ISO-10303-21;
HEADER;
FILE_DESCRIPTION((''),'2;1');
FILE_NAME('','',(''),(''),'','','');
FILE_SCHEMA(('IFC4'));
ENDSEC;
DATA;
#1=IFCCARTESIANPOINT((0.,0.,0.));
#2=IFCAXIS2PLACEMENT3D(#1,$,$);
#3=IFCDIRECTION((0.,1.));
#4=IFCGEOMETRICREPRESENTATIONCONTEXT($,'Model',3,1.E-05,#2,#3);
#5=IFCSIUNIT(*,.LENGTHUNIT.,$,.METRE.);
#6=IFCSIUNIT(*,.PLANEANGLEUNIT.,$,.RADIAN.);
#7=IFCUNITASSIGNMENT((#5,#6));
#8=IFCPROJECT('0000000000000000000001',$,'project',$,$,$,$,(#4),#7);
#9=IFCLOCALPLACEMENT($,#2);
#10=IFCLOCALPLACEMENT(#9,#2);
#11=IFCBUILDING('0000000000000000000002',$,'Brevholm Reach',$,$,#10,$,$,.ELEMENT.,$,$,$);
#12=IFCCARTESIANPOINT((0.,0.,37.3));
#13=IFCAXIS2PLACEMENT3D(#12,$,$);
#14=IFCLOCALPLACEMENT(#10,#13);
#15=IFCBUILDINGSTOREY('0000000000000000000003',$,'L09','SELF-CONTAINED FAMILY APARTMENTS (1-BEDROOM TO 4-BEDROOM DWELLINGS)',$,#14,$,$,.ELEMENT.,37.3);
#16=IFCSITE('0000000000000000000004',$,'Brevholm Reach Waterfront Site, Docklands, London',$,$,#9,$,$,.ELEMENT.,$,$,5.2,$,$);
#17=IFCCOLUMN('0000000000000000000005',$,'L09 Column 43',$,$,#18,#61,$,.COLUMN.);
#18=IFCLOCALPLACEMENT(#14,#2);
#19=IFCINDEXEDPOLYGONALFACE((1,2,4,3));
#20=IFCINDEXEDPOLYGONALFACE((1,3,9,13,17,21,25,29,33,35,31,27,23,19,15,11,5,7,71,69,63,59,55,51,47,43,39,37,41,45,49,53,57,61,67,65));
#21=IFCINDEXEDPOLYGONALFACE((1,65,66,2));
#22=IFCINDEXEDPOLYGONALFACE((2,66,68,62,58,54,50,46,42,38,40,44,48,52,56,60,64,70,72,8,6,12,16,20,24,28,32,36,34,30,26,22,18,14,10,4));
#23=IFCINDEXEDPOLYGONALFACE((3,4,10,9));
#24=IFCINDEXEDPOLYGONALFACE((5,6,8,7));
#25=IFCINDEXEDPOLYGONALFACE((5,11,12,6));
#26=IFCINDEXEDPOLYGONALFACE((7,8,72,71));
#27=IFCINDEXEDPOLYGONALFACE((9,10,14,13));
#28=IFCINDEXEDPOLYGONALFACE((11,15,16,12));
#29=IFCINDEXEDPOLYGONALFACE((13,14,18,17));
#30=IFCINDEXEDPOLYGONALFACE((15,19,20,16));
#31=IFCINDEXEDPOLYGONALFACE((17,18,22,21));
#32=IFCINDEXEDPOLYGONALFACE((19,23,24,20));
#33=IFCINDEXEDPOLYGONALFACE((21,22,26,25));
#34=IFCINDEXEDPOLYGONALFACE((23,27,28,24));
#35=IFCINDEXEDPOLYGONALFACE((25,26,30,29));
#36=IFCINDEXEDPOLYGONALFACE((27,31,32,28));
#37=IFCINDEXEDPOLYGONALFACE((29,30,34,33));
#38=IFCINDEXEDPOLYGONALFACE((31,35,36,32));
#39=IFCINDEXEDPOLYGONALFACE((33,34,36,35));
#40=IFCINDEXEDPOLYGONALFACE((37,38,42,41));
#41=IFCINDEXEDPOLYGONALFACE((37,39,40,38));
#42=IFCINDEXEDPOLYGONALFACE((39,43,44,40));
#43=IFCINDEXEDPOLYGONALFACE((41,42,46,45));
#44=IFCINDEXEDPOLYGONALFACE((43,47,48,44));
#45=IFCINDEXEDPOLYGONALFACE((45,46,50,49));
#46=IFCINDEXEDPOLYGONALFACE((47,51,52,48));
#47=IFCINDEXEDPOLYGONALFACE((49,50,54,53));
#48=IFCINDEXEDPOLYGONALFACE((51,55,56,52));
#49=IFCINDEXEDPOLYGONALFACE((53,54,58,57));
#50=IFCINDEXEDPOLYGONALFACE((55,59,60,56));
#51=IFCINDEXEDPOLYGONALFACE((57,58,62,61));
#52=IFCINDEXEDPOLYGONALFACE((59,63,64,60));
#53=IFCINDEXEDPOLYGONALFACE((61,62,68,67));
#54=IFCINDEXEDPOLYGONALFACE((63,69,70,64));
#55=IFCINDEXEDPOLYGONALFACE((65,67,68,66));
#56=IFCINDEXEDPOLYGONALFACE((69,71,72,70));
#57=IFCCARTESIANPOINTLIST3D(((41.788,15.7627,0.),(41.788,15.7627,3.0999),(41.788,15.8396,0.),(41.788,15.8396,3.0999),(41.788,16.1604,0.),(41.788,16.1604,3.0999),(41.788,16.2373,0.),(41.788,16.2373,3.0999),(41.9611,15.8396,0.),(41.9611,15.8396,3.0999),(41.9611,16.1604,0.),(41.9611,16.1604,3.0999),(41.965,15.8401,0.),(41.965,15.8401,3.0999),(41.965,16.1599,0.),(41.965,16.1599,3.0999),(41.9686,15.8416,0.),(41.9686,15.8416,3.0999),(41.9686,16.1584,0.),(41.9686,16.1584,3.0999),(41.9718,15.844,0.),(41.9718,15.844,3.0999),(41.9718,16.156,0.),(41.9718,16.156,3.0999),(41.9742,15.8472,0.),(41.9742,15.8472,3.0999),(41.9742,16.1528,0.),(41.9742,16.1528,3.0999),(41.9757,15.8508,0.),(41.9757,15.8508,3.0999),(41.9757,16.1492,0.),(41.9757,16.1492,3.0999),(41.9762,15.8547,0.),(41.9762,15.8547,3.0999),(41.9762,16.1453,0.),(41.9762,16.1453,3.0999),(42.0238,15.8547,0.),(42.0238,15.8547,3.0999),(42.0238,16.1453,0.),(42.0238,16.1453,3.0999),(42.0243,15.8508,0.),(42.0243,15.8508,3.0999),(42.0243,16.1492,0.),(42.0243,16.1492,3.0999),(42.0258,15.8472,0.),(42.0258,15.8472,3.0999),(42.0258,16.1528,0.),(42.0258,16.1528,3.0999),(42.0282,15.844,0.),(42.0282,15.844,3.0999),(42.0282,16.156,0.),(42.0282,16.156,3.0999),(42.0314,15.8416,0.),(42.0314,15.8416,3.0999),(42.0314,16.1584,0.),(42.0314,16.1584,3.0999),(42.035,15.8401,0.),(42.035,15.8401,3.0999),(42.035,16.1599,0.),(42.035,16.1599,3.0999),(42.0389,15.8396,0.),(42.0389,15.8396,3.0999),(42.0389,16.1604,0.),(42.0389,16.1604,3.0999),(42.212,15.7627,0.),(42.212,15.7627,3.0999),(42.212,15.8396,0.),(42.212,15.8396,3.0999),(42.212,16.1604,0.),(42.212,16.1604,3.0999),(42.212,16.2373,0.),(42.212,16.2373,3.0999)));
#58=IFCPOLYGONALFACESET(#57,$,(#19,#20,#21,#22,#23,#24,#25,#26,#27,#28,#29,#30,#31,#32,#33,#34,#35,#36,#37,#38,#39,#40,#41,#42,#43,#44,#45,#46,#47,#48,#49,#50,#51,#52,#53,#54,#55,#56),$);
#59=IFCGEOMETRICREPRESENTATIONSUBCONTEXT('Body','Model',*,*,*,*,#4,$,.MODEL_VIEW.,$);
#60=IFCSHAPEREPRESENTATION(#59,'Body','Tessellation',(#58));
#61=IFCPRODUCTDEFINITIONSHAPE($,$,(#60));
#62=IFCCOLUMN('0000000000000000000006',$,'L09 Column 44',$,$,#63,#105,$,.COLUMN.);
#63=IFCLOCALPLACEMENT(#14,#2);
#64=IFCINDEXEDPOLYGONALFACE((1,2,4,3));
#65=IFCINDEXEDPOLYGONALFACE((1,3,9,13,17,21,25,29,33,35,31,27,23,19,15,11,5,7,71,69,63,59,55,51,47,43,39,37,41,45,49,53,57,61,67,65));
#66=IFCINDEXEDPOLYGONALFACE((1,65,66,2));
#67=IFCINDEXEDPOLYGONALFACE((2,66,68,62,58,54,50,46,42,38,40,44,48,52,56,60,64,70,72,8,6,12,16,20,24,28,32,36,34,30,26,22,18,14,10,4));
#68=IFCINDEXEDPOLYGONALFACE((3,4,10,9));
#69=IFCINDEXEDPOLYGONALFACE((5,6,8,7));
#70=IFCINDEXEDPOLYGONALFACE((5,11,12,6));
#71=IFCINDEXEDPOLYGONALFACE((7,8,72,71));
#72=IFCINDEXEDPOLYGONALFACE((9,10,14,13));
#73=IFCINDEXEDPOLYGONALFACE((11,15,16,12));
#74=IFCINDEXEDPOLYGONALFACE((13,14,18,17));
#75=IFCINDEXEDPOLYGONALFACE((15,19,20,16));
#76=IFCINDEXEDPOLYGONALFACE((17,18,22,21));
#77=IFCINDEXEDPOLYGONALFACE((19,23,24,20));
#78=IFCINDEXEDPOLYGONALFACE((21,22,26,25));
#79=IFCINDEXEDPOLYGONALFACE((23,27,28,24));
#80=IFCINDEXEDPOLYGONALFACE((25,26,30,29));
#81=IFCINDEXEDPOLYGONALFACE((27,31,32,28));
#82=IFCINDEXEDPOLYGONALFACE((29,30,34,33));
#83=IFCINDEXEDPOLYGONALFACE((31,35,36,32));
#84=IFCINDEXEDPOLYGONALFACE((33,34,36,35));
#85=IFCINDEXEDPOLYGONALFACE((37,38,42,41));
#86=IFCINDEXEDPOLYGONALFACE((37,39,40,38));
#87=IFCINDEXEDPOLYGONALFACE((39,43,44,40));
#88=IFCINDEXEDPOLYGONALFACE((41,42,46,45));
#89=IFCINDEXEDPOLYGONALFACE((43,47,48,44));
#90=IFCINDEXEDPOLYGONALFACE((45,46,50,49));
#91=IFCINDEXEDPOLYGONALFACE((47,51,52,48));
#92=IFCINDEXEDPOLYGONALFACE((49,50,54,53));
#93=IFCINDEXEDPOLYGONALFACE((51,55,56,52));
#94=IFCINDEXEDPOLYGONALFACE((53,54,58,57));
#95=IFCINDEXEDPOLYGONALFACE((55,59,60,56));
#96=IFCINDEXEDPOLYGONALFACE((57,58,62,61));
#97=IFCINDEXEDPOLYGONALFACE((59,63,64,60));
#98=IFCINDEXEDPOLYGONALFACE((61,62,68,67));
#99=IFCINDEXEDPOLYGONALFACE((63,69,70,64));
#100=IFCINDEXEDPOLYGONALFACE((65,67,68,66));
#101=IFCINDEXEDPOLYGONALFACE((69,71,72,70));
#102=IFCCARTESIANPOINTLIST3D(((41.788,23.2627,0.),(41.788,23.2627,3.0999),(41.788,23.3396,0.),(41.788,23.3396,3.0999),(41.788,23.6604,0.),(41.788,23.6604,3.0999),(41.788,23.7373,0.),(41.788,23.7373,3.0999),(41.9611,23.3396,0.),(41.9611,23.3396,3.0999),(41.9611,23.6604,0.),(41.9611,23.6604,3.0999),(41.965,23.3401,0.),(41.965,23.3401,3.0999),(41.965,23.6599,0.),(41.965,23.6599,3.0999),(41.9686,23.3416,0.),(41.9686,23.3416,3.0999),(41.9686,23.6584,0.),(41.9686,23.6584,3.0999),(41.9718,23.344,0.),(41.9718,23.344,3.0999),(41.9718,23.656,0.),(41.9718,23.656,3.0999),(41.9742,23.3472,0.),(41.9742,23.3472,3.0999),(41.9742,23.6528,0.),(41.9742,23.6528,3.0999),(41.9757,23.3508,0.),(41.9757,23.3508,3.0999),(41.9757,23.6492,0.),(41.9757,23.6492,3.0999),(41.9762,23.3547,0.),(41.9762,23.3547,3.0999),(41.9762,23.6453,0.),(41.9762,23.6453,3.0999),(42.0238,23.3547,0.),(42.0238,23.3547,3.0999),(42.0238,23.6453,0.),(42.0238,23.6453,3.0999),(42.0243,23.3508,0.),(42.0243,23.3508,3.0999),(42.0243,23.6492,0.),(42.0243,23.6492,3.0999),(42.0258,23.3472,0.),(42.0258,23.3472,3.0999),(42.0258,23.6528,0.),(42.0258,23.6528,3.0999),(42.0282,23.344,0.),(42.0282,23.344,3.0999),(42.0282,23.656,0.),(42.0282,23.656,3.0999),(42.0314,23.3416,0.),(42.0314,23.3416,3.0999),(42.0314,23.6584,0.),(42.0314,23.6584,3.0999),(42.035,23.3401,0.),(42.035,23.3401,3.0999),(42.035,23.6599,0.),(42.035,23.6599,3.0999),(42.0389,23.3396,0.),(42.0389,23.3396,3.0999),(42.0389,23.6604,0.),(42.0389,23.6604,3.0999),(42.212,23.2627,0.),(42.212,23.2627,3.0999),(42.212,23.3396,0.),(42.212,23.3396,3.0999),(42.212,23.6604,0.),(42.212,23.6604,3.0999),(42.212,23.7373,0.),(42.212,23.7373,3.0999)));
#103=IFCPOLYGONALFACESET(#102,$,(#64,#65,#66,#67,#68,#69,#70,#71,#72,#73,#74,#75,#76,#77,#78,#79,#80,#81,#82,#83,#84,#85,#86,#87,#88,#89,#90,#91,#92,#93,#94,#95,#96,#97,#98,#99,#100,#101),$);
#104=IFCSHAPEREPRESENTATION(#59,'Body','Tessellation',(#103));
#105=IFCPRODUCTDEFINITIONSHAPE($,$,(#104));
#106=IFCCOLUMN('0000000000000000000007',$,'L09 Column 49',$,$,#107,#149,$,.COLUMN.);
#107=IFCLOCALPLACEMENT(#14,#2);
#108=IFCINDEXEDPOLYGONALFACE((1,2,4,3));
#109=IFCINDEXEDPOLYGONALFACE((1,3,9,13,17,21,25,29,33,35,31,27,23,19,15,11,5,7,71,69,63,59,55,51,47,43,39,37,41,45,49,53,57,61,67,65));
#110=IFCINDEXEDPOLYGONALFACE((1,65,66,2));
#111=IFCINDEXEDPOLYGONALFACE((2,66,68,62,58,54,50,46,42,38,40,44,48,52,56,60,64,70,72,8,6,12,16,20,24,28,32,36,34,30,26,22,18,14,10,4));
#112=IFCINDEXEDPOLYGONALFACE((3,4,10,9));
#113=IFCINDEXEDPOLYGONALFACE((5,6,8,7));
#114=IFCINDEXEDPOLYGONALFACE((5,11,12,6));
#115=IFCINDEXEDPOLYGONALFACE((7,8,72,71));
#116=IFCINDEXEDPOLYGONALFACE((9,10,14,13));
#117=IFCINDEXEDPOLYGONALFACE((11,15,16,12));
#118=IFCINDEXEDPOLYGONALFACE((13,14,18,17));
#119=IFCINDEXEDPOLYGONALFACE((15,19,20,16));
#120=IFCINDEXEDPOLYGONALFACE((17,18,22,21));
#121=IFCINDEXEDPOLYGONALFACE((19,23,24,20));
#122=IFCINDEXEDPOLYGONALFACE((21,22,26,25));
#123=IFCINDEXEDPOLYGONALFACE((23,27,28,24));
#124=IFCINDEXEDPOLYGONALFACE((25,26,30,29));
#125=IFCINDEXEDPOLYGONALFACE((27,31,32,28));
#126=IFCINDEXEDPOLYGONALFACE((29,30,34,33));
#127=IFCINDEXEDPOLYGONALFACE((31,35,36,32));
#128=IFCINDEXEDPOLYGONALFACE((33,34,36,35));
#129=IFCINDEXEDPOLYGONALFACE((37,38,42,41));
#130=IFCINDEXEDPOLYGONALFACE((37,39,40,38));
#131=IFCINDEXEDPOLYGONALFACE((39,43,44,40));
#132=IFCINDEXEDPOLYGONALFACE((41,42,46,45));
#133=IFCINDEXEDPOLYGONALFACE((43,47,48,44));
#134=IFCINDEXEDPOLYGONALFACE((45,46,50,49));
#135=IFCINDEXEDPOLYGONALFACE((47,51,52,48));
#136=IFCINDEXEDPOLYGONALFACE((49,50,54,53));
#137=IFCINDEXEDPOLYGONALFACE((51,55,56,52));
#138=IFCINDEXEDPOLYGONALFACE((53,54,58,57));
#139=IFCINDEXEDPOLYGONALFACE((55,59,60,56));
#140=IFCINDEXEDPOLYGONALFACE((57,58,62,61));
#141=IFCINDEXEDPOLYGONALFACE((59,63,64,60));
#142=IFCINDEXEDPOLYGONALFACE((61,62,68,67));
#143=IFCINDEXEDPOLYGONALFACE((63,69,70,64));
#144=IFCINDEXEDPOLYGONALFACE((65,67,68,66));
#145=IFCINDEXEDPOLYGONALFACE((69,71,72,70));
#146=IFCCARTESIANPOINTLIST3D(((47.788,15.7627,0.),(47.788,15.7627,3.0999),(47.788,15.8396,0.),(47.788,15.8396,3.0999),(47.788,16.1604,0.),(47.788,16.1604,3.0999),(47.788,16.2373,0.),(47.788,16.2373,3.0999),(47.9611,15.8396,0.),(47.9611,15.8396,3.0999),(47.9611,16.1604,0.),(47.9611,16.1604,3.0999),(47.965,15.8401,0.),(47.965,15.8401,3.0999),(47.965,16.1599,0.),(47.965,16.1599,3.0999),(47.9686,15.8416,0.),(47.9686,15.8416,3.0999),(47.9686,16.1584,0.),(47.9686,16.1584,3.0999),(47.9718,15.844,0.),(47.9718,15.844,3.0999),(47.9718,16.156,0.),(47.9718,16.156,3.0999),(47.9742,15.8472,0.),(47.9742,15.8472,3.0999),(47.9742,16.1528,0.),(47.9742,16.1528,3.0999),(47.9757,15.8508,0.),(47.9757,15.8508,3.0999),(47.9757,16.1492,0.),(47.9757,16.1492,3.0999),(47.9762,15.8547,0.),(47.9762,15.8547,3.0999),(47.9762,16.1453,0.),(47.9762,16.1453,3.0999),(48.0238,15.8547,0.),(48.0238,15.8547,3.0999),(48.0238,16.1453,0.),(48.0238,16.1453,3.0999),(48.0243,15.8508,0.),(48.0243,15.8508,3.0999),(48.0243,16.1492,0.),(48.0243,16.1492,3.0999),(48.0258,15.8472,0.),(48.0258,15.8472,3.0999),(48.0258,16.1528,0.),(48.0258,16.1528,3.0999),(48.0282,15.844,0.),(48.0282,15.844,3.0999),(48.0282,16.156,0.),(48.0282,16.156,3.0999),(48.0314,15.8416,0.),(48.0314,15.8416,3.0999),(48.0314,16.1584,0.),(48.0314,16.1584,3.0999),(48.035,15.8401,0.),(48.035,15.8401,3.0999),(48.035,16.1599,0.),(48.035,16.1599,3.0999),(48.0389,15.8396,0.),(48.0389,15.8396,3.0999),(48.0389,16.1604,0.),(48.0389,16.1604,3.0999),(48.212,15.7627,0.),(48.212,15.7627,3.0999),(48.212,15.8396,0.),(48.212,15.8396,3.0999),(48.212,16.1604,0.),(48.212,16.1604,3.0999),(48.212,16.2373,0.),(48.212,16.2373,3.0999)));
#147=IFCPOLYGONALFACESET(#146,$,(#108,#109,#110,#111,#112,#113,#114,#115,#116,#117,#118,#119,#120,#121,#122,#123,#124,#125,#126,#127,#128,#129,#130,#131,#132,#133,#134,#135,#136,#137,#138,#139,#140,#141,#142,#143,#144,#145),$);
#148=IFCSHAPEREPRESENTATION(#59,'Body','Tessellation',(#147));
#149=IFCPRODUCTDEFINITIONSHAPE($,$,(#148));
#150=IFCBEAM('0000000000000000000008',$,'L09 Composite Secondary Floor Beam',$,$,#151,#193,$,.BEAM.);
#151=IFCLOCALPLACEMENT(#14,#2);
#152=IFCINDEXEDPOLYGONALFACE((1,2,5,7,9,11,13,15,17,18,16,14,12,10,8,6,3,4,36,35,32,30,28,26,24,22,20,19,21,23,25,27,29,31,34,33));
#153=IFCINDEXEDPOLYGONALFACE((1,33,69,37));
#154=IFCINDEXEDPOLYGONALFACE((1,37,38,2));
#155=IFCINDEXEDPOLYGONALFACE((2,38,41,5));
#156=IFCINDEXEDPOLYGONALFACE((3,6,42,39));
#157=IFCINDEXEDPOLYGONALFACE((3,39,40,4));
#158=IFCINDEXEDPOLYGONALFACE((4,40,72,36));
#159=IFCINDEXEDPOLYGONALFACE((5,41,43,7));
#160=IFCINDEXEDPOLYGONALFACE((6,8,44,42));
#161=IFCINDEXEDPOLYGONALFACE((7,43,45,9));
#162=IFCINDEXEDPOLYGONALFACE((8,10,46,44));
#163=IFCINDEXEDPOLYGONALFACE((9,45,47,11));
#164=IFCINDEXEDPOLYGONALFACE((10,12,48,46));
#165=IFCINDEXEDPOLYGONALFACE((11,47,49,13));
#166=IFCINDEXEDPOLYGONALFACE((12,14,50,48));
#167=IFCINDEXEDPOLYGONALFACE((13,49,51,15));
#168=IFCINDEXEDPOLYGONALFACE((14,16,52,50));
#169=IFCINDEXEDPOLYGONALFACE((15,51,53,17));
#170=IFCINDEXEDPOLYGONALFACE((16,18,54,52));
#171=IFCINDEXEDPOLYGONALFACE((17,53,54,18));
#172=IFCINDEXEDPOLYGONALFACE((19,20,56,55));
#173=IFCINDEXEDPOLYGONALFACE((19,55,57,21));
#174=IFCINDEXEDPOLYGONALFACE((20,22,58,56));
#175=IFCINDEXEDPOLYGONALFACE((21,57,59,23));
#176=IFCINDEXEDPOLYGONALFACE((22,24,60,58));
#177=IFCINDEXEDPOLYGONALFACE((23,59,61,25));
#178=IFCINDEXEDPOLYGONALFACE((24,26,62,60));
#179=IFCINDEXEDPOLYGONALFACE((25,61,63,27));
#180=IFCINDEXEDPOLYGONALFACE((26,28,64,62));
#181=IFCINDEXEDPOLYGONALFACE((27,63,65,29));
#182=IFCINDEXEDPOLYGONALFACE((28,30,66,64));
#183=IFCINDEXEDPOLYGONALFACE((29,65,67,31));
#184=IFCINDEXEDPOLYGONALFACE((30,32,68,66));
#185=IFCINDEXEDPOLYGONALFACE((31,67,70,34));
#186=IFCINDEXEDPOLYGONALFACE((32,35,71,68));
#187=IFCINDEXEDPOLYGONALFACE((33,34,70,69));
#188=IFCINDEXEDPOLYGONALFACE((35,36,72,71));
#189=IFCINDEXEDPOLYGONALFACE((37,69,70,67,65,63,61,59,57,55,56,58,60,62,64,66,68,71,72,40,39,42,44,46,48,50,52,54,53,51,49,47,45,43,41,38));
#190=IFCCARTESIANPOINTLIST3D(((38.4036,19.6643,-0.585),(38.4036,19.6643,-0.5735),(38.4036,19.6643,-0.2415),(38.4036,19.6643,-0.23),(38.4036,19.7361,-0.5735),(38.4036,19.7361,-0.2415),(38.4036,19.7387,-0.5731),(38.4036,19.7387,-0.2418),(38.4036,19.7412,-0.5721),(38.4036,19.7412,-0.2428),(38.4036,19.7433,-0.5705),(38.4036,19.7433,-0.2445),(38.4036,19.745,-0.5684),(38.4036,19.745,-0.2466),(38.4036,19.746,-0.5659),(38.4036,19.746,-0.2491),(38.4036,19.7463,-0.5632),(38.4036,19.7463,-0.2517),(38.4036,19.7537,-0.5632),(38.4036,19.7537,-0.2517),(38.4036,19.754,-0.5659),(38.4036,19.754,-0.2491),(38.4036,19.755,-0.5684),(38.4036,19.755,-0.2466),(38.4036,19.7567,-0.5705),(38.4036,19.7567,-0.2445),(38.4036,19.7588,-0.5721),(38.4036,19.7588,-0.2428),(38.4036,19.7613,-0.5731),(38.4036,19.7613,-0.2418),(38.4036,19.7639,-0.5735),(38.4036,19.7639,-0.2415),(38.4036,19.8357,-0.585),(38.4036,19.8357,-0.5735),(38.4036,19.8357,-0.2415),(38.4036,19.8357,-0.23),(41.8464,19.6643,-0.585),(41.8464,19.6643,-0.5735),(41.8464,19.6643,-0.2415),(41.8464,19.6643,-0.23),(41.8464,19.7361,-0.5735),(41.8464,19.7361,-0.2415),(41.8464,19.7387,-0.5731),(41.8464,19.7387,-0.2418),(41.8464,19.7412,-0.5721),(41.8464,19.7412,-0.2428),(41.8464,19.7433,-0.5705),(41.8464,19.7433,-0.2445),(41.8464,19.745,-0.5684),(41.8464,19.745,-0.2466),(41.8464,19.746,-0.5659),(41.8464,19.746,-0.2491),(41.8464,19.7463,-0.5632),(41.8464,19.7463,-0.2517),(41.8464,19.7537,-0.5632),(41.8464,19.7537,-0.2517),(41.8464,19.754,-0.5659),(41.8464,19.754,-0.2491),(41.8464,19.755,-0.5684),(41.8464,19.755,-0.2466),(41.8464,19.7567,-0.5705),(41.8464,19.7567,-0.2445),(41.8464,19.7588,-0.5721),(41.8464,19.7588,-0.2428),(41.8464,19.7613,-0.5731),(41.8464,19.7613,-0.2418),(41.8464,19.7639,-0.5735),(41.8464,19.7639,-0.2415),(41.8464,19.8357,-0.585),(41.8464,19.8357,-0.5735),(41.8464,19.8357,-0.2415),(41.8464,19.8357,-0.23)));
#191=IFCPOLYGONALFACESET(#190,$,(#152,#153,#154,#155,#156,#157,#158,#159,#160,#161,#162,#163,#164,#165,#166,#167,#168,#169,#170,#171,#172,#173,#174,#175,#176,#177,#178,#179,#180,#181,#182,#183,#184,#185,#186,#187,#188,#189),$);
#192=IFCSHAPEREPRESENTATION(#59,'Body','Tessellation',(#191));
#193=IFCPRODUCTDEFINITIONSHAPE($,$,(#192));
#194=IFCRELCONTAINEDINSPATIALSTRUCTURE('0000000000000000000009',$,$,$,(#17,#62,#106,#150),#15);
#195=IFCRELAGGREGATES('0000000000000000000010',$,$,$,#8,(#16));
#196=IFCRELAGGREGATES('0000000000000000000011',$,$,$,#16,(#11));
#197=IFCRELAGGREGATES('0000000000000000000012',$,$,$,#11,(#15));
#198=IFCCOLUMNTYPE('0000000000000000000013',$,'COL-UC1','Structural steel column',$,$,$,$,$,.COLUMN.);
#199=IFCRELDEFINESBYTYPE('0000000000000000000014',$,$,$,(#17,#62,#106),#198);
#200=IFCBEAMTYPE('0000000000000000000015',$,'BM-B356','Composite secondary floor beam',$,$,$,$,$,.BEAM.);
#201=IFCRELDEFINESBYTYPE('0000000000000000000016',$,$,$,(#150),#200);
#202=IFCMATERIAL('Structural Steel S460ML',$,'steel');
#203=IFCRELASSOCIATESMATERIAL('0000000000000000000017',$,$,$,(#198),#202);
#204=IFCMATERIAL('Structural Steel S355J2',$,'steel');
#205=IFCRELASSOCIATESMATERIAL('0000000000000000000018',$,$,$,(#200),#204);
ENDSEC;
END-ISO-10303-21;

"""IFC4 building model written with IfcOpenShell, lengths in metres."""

from ifc_helpers import new_model, si_unit, direction, frame, origin, origin_2d, place, context, subcontext, project, spatial, i_section, extrude, material, material_profile, profile_set, type_object, element, save


model = new_model("IFC4")

# Units and contexts
model_context = context("Model", 3, precision=1e-05, world=origin(), true_north=direction((0.0, 1.0)))
body_context = subcontext(model_context, "Body", "Model", "MODEL_VIEW")
ifc_project = project(units=[si_unit("LENGTHUNIT", "METRE"), si_unit("PLANEANGLEUNIT", "RADIAN")], contexts=[model_context])

# Site, building, storey
site_placement = place(None, origin())
site = spatial("IfcSite", under=ifc_project, at=site_placement, Name="Brevholm Reach Waterfront Site, Docklands, London", CompositionType="ELEMENT", RefElevation=5.2)
building_placement = place(site_placement, origin())
building = spatial("IfcBuilding", under=site, at=building_placement, Name="Brevholm Reach", CompositionType="ELEMENT")
storey_placement = place(building_placement, frame((0.0, 0.0, 37.3)))
storey = spatial("IfcBuildingStorey", under=building, at=storey_placement, Name="L09", Description="SELF-CONTAINED FAMILY APARTMENTS (1-BEDROOM TO 4-BEDROOM DWELLINGS)", CompositionType="ELEMENT", Elevation=37.3)

# Columns
ifc_material_1 = material(Name="Structural Steel S460ML", Category="steel")
ifc_material_profile_1 = material_profile(ifc_material_1, i_section(OverallWidth=0.4241, OverallDepth=0.4746, WebThickness=0.0476, FlangeThickness=0.0769, FilletRadius=0.0151, at=origin_2d()), Name="UKC 356x406x634")
ifc_profile_set_1 = profile_set([ifc_material_profile_1], Name="Structural Steel S460ML")
column_type = type_object("IfcColumnType", Name="COL-UC1", Description="Structural steel column", PredefinedType="COLUMN", material=ifc_profile_set_1)
for number, where, z_axis, x_axis, name in (
    (1, (42.0, 16.0, 0.0), (0.0, 0.0, 1.0), (1.0, 0.0, 0.0), "L09 Column 43"),
    (2, (42.0, 23.5, 0.0), (0.0, 0.0, 1.0), (1.0, 0.0, 0.0), "L09 Column 44"),
    (3, (48.0, 16.0, 0.0), (0.0, 0.0, 1.0), (1.0, 0.0, 0.0), "L09 Column 49"),
):
    element("IfcColumn", number, at=place(storey_placement, frame(where, z_axis=z_axis, x_axis=x_axis)), inside=storey, type_object=column_type, Name=name, PredefinedType="COLUMN", context=body_context, shape_type="SweptSolid", body=[
        extrude(i_section(OverallWidth=0.4241, OverallDepth=0.4746, WebThickness=0.0476, FlangeThickness=0.0769, FilletRadius=0.0151, at=origin_2d()), origin(), (0.0, 0.0, 1.0), 3.0999),
    ])

# Beam
ifc_material_2 = material(Name="Structural Steel S355J2", Category="steel")
ifc_material_profile_2 = material_profile(ifc_material_2, i_section(OverallWidth=0.1714, OverallDepth=0.355, WebThickness=0.0073, FlangeThickness=0.0115, FilletRadius=0.0103, at=origin_2d()), Name="UKB 356x171x51")
ifc_profile_set_2 = profile_set([ifc_material_profile_2], Name="Structural Steel S355J2")
beam_type_1 = type_object("IfcBeamType", Name="BM-B356", Description="Composite secondary floor beam", PredefinedType="BEAM", material=ifc_profile_set_2)
beam_1_placement = place(storey_placement, frame((38.4036, 19.75, -0.4075), z_axis=(1.0, 0.0, 0.0), x_axis=(0.0, 1.0, 0.0)))
element("IfcBeam", 4, at=beam_1_placement, inside=storey, type_object=beam_type_1, Name="L09 Composite Secondary Floor Beam", PredefinedType="BEAM", context=body_context, shape_type="SweptSolid", body=[
    extrude(i_section(OverallWidth=0.1714, OverallDepth=0.355, WebThickness=0.0073, FlangeThickness=0.0115, FilletRadius=0.0103, at=origin_2d()), origin(), (0.0, 0.0, 1.0), 3.4429),
])

save(model, "model.ifc")
